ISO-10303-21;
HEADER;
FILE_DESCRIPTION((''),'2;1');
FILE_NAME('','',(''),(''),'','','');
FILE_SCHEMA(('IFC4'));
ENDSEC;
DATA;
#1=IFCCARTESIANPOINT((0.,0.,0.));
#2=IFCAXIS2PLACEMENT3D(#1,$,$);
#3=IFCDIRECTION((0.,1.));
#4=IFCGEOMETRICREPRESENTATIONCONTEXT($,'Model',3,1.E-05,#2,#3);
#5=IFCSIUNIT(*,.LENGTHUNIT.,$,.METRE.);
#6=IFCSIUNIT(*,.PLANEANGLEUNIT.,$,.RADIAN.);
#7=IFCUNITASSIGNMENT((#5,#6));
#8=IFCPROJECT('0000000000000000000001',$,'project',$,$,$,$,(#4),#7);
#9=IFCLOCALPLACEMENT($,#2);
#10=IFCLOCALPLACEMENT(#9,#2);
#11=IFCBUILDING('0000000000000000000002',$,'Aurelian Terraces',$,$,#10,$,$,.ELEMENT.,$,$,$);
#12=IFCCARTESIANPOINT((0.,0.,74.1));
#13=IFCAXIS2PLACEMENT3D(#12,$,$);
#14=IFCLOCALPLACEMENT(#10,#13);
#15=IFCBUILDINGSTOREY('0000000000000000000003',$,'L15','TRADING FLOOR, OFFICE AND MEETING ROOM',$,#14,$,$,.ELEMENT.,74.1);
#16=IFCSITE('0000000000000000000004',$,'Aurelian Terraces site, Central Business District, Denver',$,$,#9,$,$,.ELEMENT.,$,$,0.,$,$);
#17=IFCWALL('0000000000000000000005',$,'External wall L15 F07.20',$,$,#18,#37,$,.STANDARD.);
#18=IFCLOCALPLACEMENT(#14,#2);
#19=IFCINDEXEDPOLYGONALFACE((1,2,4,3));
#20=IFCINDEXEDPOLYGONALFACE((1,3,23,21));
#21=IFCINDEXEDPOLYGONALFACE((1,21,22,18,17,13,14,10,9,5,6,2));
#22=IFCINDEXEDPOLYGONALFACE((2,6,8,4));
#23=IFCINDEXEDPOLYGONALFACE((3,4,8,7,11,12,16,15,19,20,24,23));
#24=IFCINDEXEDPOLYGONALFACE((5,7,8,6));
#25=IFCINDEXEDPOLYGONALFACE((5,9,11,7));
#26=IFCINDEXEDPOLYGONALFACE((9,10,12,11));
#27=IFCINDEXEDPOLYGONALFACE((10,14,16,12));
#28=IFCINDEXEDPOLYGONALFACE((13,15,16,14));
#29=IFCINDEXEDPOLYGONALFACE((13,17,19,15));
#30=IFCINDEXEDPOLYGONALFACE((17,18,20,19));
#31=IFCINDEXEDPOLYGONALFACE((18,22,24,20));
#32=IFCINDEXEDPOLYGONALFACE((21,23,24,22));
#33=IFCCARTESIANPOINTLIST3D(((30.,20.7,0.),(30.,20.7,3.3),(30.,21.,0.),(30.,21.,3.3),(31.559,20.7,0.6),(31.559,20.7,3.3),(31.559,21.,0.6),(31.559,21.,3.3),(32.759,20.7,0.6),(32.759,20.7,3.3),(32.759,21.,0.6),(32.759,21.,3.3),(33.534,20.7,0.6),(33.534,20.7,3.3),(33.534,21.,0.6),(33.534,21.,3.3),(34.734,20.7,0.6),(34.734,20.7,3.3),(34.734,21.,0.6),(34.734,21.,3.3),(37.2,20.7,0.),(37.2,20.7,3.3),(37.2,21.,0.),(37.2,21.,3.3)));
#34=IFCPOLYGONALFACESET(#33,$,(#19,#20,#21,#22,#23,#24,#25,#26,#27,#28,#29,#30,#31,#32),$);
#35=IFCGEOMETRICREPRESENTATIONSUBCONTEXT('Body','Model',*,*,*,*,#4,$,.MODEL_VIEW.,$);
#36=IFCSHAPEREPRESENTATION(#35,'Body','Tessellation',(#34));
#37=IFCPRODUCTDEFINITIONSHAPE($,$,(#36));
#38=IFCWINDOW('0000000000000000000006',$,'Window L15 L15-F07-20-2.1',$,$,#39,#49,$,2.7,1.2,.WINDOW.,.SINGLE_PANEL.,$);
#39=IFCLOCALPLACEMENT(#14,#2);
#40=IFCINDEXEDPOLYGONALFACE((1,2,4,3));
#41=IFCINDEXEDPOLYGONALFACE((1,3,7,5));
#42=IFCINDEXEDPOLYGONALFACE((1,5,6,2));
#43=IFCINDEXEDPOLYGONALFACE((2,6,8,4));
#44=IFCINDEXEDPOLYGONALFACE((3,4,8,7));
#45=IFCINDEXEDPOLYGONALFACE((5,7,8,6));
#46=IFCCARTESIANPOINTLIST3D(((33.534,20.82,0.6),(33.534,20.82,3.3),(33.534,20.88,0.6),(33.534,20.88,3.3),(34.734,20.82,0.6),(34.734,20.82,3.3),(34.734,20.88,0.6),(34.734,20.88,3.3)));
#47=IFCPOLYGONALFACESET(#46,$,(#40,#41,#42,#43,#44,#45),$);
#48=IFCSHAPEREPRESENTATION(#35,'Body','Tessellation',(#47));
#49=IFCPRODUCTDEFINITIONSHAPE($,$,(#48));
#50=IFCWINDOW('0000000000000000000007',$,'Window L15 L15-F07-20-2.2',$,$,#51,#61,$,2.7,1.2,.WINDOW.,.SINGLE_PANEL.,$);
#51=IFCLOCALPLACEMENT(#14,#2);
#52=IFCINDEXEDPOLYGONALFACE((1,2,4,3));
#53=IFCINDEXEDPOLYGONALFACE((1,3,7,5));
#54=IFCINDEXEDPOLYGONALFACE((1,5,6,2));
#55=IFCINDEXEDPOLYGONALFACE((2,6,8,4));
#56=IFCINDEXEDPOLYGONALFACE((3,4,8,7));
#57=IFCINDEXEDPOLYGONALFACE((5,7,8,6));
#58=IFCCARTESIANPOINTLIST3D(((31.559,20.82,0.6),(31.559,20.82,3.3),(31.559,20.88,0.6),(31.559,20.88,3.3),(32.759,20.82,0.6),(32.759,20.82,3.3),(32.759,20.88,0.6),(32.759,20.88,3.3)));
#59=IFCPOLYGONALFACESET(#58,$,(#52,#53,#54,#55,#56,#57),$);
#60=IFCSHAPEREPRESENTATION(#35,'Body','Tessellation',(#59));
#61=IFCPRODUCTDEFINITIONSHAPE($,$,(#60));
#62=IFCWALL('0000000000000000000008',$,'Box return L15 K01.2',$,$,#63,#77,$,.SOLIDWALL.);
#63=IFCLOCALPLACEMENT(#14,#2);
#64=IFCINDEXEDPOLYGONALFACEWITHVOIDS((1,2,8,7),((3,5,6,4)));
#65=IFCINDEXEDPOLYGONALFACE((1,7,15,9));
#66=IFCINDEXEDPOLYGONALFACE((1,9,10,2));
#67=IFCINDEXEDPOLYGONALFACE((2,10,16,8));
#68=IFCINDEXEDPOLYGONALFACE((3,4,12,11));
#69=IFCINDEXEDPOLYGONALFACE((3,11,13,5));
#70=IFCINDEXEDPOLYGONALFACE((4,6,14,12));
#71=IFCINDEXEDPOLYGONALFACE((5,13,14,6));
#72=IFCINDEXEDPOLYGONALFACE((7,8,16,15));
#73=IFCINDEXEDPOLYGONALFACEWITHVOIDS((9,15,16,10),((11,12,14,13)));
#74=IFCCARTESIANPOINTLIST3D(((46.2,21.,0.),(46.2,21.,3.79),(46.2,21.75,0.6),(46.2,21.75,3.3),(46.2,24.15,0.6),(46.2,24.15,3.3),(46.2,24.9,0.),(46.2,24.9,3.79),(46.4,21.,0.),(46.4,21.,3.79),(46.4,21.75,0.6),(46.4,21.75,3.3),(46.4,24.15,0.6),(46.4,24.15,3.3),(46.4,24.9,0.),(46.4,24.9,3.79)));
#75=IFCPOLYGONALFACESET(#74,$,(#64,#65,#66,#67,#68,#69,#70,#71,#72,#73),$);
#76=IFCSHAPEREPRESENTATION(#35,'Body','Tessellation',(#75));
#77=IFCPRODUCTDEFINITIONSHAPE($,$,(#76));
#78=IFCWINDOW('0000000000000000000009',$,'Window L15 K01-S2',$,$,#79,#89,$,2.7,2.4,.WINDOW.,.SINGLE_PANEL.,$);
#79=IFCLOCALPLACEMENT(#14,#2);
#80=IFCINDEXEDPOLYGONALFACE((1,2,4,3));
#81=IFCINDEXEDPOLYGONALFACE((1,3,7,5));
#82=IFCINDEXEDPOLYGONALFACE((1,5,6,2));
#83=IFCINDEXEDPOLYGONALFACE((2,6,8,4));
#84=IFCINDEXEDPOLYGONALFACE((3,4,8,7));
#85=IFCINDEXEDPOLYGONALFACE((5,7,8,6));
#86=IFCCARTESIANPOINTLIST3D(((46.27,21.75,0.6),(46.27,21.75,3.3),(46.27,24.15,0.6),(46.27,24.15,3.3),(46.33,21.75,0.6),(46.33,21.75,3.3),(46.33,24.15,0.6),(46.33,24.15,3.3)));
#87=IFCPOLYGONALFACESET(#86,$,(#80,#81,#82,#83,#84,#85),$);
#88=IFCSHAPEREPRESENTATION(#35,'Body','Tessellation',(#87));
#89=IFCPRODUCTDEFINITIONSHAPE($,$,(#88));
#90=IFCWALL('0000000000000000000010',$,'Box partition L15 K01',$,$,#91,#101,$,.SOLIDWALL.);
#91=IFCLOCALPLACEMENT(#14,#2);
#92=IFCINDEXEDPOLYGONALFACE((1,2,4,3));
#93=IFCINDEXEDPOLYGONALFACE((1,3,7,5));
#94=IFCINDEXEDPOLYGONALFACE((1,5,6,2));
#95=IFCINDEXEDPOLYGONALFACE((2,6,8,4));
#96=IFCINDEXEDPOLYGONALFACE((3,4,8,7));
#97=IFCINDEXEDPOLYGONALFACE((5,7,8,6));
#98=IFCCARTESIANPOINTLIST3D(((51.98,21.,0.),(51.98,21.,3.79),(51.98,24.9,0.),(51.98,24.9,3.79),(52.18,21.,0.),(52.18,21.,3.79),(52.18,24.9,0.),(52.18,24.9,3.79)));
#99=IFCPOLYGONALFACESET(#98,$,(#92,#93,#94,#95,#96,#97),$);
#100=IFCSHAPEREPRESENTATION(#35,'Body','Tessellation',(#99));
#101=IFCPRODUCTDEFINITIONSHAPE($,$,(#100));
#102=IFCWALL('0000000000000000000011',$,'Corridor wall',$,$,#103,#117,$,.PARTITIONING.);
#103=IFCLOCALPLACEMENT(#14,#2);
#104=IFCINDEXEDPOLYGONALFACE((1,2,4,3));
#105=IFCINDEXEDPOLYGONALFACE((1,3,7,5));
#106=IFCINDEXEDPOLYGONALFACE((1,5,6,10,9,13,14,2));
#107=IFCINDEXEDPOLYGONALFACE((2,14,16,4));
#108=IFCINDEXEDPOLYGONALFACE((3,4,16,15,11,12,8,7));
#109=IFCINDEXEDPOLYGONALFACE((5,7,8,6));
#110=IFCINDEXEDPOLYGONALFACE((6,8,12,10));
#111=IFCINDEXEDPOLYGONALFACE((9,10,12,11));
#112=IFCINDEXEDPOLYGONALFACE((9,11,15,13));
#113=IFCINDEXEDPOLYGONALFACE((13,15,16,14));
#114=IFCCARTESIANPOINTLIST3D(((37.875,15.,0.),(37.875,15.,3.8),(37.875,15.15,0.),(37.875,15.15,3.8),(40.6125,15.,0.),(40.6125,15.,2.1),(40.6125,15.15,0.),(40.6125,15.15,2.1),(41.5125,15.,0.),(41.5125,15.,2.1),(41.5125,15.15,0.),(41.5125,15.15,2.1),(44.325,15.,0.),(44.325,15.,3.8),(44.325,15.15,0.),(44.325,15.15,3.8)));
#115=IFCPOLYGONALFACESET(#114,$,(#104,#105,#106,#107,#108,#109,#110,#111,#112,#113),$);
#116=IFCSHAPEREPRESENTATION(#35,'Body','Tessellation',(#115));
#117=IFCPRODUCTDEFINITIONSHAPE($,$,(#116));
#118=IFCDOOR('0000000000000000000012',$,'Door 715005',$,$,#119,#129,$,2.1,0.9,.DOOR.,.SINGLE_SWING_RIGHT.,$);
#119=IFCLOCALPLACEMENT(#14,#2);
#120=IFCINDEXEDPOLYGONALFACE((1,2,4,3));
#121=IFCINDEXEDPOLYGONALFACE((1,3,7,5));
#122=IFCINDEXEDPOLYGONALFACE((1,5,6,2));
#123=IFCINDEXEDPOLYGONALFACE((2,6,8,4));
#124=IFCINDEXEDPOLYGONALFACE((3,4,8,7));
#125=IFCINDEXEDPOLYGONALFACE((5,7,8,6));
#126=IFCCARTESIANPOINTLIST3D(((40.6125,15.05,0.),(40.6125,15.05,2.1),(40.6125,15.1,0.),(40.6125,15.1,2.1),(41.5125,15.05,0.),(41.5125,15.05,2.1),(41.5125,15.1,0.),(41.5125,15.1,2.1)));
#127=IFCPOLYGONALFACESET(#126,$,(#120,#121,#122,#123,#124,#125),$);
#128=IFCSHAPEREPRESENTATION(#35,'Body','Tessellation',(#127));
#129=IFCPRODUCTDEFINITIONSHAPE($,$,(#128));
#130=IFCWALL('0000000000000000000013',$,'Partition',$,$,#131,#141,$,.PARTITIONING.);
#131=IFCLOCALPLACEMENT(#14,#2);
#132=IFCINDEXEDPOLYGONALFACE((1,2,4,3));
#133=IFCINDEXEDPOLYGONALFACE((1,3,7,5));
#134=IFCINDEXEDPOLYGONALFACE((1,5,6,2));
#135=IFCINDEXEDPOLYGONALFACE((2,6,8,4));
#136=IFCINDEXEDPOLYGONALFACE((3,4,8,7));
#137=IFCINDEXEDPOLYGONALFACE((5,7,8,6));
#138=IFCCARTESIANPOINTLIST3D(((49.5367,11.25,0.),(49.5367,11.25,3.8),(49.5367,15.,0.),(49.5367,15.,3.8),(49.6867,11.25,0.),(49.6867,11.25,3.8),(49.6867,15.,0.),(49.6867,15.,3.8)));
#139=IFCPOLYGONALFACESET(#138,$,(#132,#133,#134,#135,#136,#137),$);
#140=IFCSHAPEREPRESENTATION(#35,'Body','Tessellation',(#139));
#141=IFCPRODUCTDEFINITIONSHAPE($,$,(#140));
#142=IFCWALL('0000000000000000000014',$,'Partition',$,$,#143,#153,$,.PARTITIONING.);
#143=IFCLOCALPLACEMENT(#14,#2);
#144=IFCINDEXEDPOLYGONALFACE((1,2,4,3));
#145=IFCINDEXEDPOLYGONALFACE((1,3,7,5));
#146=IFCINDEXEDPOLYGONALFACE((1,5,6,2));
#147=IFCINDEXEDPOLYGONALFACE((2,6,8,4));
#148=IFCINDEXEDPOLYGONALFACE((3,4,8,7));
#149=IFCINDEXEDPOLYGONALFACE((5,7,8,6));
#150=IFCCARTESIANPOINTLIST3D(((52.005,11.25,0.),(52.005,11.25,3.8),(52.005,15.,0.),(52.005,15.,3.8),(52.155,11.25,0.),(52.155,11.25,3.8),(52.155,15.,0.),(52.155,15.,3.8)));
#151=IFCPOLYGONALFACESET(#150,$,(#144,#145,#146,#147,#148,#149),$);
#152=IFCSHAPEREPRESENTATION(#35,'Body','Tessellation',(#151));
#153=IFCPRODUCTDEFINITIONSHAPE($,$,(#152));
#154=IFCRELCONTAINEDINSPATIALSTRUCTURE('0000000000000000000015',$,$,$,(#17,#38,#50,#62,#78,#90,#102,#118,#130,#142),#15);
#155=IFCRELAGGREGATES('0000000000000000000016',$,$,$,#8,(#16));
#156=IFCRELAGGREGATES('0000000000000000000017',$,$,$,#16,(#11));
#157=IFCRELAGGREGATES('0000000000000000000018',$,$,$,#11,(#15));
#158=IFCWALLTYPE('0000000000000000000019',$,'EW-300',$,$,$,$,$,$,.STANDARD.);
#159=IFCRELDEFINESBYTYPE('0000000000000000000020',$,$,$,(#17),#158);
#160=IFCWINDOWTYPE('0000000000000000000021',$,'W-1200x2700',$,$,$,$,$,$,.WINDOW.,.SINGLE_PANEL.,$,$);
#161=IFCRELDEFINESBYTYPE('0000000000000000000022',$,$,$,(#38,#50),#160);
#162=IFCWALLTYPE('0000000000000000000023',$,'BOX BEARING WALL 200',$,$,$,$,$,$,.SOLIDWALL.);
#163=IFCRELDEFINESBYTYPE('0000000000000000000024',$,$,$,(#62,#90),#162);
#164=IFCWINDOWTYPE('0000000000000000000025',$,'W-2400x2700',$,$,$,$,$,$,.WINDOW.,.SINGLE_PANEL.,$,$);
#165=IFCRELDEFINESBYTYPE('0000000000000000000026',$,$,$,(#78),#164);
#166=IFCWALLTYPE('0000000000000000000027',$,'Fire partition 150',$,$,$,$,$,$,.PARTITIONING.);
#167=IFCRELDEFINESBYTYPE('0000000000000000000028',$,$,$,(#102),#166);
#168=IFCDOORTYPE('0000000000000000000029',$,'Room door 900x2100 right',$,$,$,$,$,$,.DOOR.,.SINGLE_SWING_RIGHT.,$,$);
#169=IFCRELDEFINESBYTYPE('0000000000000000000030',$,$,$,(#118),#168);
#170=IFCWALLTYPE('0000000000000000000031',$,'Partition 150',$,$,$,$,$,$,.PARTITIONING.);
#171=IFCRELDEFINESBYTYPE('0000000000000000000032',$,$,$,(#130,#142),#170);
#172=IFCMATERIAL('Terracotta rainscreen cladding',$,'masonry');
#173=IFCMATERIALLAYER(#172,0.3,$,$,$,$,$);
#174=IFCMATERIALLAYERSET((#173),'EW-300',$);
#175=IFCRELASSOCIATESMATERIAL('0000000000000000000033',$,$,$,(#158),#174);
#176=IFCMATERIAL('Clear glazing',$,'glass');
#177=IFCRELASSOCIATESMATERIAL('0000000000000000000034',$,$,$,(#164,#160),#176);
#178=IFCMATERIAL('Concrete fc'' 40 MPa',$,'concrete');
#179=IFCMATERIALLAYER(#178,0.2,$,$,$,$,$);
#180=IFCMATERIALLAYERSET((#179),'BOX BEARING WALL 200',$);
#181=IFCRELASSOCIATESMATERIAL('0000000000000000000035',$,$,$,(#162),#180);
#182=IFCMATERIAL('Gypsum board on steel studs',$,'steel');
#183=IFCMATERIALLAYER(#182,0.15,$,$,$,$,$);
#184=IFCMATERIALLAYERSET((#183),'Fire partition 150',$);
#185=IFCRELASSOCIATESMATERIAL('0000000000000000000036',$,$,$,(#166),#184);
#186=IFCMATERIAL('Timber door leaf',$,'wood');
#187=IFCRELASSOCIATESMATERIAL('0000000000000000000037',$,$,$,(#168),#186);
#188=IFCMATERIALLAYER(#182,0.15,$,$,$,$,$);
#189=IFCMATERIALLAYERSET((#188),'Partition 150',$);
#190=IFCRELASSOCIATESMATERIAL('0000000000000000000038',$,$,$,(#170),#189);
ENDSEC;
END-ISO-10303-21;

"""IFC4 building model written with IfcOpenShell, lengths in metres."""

from ifc_helpers import new_model, si_unit, direction, frame, frame_2d, origin, place, context, subcontext, project, spatial, rectangle, extrude, source, transform, mapped, material, layer, layer_set, type_object, element, fill, save


model = new_model("IFC4")

# Units and contexts
model_context = context("Model", 3, precision=1e-05, world=origin(), true_north=direction((0.0, 1.0)))
body_context = subcontext(model_context, "Body", "Model", "MODEL_VIEW")
ifc_project = project(units=[si_unit("LENGTHUNIT", "METRE"), si_unit("PLANEANGLEUNIT", "RADIAN")], contexts=[model_context])

# Site, building, storey
site_placement = place(None, origin())
site = spatial("IfcSite", under=ifc_project, at=site_placement, Name="Aurelian Terraces site, Central Business District, Denver", CompositionType="ELEMENT", RefElevation=0.0)
building_placement = place(site_placement, origin())
building = spatial("IfcBuilding", under=site, at=building_placement, Name="Aurelian Terraces", CompositionType="ELEMENT")
storey_placement = place(building_placement, frame((0.0, 0.0, 74.1)))
storey = spatial("IfcBuildingStorey", under=building, at=storey_placement, Name="L15", Description="TRADING FLOOR, OFFICE AND MEETING ROOM", CompositionType="ELEMENT", Elevation=74.1)

# Shared definitions
ifc_material_1 = material(Name="Terracotta rainscreen cladding", Category="masonry")
ifc_layer_1 = layer(ifc_material_1, 0.3)
ifc_layer_set_1 = layer_set([ifc_layer_1], Name="EW-300")
wall_type_1 = type_object("IfcWallType", Name="EW-300", PredefinedType="STANDARD", material=ifc_layer_set_1)
ifc_material_2 = material(Name="Clear glazing", Category="glass")
window_type_1 = type_object("IfcWindowType", Name="W-2400x2700", PartitioningType="SINGLE_PANEL", PredefinedType="WINDOW", material=ifc_material_2)
shared_shape_1 = source(origin(), body_context, "Body", "SweptSolid", [
    extrude(rectangle(XDim=2.4, YDim=2.7, at=frame_2d((1.2, 1.35))), frame((0.0, 0.03, 0.0), z_axis=(0.0, -1.0, 0.0), x_axis=(1.0, 0.0, 0.0)), (0.0, 0.0, 1.0), 0.06),
])

# Shared definitions
ifc_material_3 = material(Name="Timber door leaf", Category="wood")

# Wall, openings, windows
shared_shape_2 = source(origin(), body_context, "Body", "SweptSolid", [
    extrude(rectangle(XDim=7.2, YDim=0.3, at=frame_2d((3.6, 0.0))), origin(), (0.0, 0.0, 1.0), 3.3),
])
wall_1_placement = place(storey_placement, frame((37.2, 20.85, 0.0), z_axis=(0.0, 0.0, 1.0), x_axis=(-1.0, 0.0, 0.0)))
wall_1 = element("IfcWall", 1, at=wall_1_placement, inside=storey, type_object=wall_type_1, Name="External wall L15 F07.20", PredefinedType="STANDARD", context=body_context, shape_type="MappedRepresentation", body=[
    mapped(shared_shape_2, transform((0.0, 0.0, 0.0), scale=1.0)),
])
shared_shape_3 = source(origin(), body_context, "Body", "SweptSolid", [
    extrude(rectangle(XDim=1.2, YDim=2.7, at=frame_2d((0.6, 1.35))), frame((0.0, 0.16, 0.0), z_axis=(0.0, -1.0, 0.0), x_axis=(1.0, 0.0, 0.0)), (0.0, 0.0, 1.0), 0.32),
])
opening_1_placement = place(wall_1_placement, frame((2.466, 0.0, 0.6)))
opening_1 = element("IfcOpeningElement", 2, at=opening_1_placement, cuts=wall_1, PredefinedType="OPENING", context=body_context, shape_type="MappedRepresentation", body=[
    mapped(shared_shape_3, transform((0.0, 0.0, 0.0), scale=1.0)),
])
opening_2_placement = place(wall_1_placement, frame((4.441, 0.0, 0.6)))
opening_2 = element("IfcOpeningElement", 3, at=opening_2_placement, cuts=wall_1, PredefinedType="OPENING", context=body_context, shape_type="MappedRepresentation", body=[
    mapped(shared_shape_3, transform((0.0, 0.0, 0.0), scale=1.0)),
])
window_type_2 = type_object("IfcWindowType", Name="W-1200x2700", PartitioningType="SINGLE_PANEL", PredefinedType="WINDOW", material=ifc_material_2)
shared_shape_4 = source(origin(), body_context, "Body", "SweptSolid", [
    extrude(rectangle(XDim=1.2, YDim=2.7, at=frame_2d((0.6, 1.35))), frame((0.0, 0.03, 0.0), z_axis=(0.0, -1.0, 0.0), x_axis=(1.0, 0.0, 0.0)), (0.0, 0.0, 1.0), 0.06),
])
window_1_placement = place(opening_1_placement, origin())
window_1 = element("IfcWindow", 4, at=window_1_placement, inside=storey, type_object=window_type_2, Name="Window L15 L15-F07-20-2.1", OverallHeight=2.7, OverallWidth=1.2, PartitioningType="SINGLE_PANEL", PredefinedType="WINDOW", context=body_context, shape_type="MappedRepresentation", body=[
    mapped(shared_shape_4, transform((0.0, 0.0, 0.0), scale=1.0)),
])
fill(opening_1, window_1)
window_2_placement = place(opening_2_placement, origin())
window_2 = element("IfcWindow", 5, at=window_2_placement, inside=storey, type_object=window_type_2, Name="Window L15 L15-F07-20-2.2", OverallHeight=2.7, OverallWidth=1.2, PartitioningType="SINGLE_PANEL", PredefinedType="WINDOW", context=body_context, shape_type="MappedRepresentation", body=[
    mapped(shared_shape_4, transform((0.0, 0.0, 0.0), scale=1.0)),
])
fill(opening_2, window_2)

# Wall, opening, window
ifc_material_4 = material(Name="Concrete fc' 40 MPa", Category="concrete")
ifc_layer_2 = layer(ifc_material_4, 0.2)
ifc_layer_set_2 = layer_set([ifc_layer_2], Name="BOX BEARING WALL 200")
wall_type_2 = type_object("IfcWallType", Name="BOX BEARING WALL 200", PredefinedType="SOLIDWALL", material=ifc_layer_set_2)
shared_shape_5 = source(origin(), body_context, "Body", "SweptSolid", [
    extrude(rectangle(XDim=3.9, YDim=0.2, at=frame_2d((1.95, 0.0))), origin(), (0.0, 0.0, 1.0), 3.79),
])
wall_2_placement = place(storey_placement, frame((46.3, 21.0, 0.0), z_axis=(0.0, 0.0, 1.0), x_axis=(0.0, 1.0, 0.0)))
wall_2 = element("IfcWall", 6, at=wall_2_placement, inside=storey, type_object=wall_type_2, Name="Box return L15 K01.2", PredefinedType="SOLIDWALL", context=body_context, shape_type="MappedRepresentation", body=[
    mapped(shared_shape_5, transform((0.0, 0.0, 0.0), scale=1.0)),
])
shared_shape_6 = source(origin(), body_context, "Body", "SweptSolid", [
    extrude(rectangle(XDim=2.4, YDim=2.7, at=frame_2d((1.2, 1.35))), frame((0.0, 0.11, 0.0), z_axis=(0.0, -1.0, 0.0), x_axis=(1.0, 0.0, 0.0)), (0.0, 0.0, 1.0), 0.22),
])
opening_3_placement = place(wall_2_placement, frame((0.75, 0.0, 0.6)))
opening_3 = element("IfcOpeningElement", 7, at=opening_3_placement, cuts=wall_2, PredefinedType="OPENING", context=body_context, shape_type="MappedRepresentation", body=[
    mapped(shared_shape_6, transform((0.0, 0.0, 0.0), scale=1.0)),
])
window_3_placement = place(opening_3_placement, origin())
window_3 = element("IfcWindow", 8, at=window_3_placement, inside=storey, type_object=window_type_1, Name="Window L15 K01-S2", OverallHeight=2.7, OverallWidth=2.4, PartitioningType="SINGLE_PANEL", PredefinedType="WINDOW", context=body_context, shape_type="MappedRepresentation", body=[
    mapped(shared_shape_1, transform((0.0, 0.0, 0.0), scale=1.0)),
])
fill(opening_3, window_3)

# Wall
shared_shape_7 = source(origin(), body_context, "Body", "SweptSolid", [
    extrude(rectangle(XDim=3.9, YDim=0.2, at=frame_2d((1.95, 0.0))), origin(), (0.0, 0.0, 1.0), 3.79),
])
wall_3_placement = place(storey_placement, frame((52.08, 21.0, 0.0), z_axis=(0.0, 0.0, 1.0), x_axis=(0.0, 1.0, 0.0)))
element("IfcWall", 9, at=wall_3_placement, inside=storey, type_object=wall_type_2, Name="Box partition L15 K01", PredefinedType="SOLIDWALL", context=body_context, shape_type="MappedRepresentation", body=[
    mapped(shared_shape_7, transform((0.0, 0.0, 0.0), scale=1.0)),
])

# Wall, opening, door
ifc_material_5 = material(Name="Gypsum board on steel studs", Category="steel")
ifc_layer_3 = layer(ifc_material_5, 0.15)
ifc_layer_set_3 = layer_set([ifc_layer_3], Name="Fire partition 150")
wall_type_3 = type_object("IfcWallType", Name="Fire partition 150", PredefinedType="PARTITIONING", material=ifc_layer_set_3)
shared_shape_8 = source(origin(), body_context, "Body", "SweptSolid", [
    extrude(rectangle(XDim=6.45, YDim=0.15, at=frame_2d((3.225, 0.0))), origin(), (0.0, 0.0, 1.0), 3.8),
])
wall_4_placement = place(storey_placement, frame((44.325, 15.075, 0.0), z_axis=(0.0, 0.0, 1.0), x_axis=(-1.0, 0.0, 0.0)))
wall_4 = element("IfcWall", 10, at=wall_4_placement, inside=storey, type_object=wall_type_3, Name="Corridor wall", PredefinedType="PARTITIONING", context=body_context, shape_type="MappedRepresentation", body=[
    mapped(shared_shape_8, transform((0.0, 0.0, 0.0), scale=1.0)),
])
shared_shape_9 = source(origin(), body_context, "Body", "SweptSolid", [
    extrude(rectangle(XDim=0.9, YDim=2.1, at=frame_2d((0.45, 1.05))), frame((0.0, 0.085, 0.0), z_axis=(0.0, -1.0, 0.0), x_axis=(1.0, 0.0, 0.0)), (0.0, 0.0, 1.0), 0.17),
])
opening_4_placement = place(wall_4_placement, frame((2.8125, 0.0, 0.0)))
opening_4 = element("IfcOpeningElement", 11, at=opening_4_placement, cuts=wall_4, PredefinedType="OPENING", context=body_context, shape_type="MappedRepresentation", body=[
    mapped(shared_shape_9, transform((0.0, 0.0, 0.0), scale=1.0)),
])
door_type_1 = type_object("IfcDoorType", Name="Room door 900x2100 right", OperationType="SINGLE_SWING_RIGHT", PredefinedType="DOOR", material=ifc_material_3)
shared_shape_10 = source(origin(), body_context, "Body", "SweptSolid", [
    extrude(rectangle(XDim=0.9, YDim=2.1, at=frame_2d((0.45, 1.05))), frame((0.0, 0.025, 0.0), z_axis=(0.0, -1.0, 0.0), x_axis=(1.0, 0.0, 0.0)), (0.0, 0.0, 1.0), 0.05),
])
door_1_placement = place(opening_4_placement, origin())
door_1 = element("IfcDoor", 12, at=door_1_placement, inside=storey, type_object=door_type_1, Name="Door 715005", OperationType="SINGLE_SWING_RIGHT", OverallHeight=2.1, OverallWidth=0.9, PredefinedType="DOOR", context=body_context, shape_type="MappedRepresentation", body=[
    mapped(shared_shape_10, transform((0.0, 0.0, 0.0), scale=1.0)),
])
fill(opening_4, door_1)

# Walls
ifc_layer_4 = layer(ifc_material_5, 0.15)
ifc_layer_set_4 = layer_set([ifc_layer_4], Name="Partition 150")
wall_type_4 = type_object("IfcWallType", Name="Partition 150", PredefinedType="PARTITIONING", material=ifc_layer_set_4)
shared_shape_11 = source(origin(), body_context, "Body", "SweptSolid", [
    extrude(rectangle(XDim=3.75, YDim=0.15, at=frame_2d((1.875, 0.0))), origin(), (0.0, 0.0, 1.0), 3.8),
])
for number, where, z_axis, x_axis, name in (
    (13, (49.6117, 11.25, 0.0), (0.0, 0.0, 1.0), (0.0, 1.0, 0.0), "Partition"),
    (14, (52.08, 11.25, 0.0), (0.0, 0.0, 1.0), (0.0, 1.0, 0.0), "Partition"),
):
    element("IfcWall", number, at=place(storey_placement, frame(where, z_axis=z_axis, x_axis=x_axis)), inside=storey, type_object=wall_type_4, Name=name, PredefinedType="PARTITIONING", context=body_context, shape_type="MappedRepresentation", body=[
        mapped(shared_shape_11, transform((0.0, 0.0, 0.0), scale=1.0)),
    ])

save(model, "model.ifc")
